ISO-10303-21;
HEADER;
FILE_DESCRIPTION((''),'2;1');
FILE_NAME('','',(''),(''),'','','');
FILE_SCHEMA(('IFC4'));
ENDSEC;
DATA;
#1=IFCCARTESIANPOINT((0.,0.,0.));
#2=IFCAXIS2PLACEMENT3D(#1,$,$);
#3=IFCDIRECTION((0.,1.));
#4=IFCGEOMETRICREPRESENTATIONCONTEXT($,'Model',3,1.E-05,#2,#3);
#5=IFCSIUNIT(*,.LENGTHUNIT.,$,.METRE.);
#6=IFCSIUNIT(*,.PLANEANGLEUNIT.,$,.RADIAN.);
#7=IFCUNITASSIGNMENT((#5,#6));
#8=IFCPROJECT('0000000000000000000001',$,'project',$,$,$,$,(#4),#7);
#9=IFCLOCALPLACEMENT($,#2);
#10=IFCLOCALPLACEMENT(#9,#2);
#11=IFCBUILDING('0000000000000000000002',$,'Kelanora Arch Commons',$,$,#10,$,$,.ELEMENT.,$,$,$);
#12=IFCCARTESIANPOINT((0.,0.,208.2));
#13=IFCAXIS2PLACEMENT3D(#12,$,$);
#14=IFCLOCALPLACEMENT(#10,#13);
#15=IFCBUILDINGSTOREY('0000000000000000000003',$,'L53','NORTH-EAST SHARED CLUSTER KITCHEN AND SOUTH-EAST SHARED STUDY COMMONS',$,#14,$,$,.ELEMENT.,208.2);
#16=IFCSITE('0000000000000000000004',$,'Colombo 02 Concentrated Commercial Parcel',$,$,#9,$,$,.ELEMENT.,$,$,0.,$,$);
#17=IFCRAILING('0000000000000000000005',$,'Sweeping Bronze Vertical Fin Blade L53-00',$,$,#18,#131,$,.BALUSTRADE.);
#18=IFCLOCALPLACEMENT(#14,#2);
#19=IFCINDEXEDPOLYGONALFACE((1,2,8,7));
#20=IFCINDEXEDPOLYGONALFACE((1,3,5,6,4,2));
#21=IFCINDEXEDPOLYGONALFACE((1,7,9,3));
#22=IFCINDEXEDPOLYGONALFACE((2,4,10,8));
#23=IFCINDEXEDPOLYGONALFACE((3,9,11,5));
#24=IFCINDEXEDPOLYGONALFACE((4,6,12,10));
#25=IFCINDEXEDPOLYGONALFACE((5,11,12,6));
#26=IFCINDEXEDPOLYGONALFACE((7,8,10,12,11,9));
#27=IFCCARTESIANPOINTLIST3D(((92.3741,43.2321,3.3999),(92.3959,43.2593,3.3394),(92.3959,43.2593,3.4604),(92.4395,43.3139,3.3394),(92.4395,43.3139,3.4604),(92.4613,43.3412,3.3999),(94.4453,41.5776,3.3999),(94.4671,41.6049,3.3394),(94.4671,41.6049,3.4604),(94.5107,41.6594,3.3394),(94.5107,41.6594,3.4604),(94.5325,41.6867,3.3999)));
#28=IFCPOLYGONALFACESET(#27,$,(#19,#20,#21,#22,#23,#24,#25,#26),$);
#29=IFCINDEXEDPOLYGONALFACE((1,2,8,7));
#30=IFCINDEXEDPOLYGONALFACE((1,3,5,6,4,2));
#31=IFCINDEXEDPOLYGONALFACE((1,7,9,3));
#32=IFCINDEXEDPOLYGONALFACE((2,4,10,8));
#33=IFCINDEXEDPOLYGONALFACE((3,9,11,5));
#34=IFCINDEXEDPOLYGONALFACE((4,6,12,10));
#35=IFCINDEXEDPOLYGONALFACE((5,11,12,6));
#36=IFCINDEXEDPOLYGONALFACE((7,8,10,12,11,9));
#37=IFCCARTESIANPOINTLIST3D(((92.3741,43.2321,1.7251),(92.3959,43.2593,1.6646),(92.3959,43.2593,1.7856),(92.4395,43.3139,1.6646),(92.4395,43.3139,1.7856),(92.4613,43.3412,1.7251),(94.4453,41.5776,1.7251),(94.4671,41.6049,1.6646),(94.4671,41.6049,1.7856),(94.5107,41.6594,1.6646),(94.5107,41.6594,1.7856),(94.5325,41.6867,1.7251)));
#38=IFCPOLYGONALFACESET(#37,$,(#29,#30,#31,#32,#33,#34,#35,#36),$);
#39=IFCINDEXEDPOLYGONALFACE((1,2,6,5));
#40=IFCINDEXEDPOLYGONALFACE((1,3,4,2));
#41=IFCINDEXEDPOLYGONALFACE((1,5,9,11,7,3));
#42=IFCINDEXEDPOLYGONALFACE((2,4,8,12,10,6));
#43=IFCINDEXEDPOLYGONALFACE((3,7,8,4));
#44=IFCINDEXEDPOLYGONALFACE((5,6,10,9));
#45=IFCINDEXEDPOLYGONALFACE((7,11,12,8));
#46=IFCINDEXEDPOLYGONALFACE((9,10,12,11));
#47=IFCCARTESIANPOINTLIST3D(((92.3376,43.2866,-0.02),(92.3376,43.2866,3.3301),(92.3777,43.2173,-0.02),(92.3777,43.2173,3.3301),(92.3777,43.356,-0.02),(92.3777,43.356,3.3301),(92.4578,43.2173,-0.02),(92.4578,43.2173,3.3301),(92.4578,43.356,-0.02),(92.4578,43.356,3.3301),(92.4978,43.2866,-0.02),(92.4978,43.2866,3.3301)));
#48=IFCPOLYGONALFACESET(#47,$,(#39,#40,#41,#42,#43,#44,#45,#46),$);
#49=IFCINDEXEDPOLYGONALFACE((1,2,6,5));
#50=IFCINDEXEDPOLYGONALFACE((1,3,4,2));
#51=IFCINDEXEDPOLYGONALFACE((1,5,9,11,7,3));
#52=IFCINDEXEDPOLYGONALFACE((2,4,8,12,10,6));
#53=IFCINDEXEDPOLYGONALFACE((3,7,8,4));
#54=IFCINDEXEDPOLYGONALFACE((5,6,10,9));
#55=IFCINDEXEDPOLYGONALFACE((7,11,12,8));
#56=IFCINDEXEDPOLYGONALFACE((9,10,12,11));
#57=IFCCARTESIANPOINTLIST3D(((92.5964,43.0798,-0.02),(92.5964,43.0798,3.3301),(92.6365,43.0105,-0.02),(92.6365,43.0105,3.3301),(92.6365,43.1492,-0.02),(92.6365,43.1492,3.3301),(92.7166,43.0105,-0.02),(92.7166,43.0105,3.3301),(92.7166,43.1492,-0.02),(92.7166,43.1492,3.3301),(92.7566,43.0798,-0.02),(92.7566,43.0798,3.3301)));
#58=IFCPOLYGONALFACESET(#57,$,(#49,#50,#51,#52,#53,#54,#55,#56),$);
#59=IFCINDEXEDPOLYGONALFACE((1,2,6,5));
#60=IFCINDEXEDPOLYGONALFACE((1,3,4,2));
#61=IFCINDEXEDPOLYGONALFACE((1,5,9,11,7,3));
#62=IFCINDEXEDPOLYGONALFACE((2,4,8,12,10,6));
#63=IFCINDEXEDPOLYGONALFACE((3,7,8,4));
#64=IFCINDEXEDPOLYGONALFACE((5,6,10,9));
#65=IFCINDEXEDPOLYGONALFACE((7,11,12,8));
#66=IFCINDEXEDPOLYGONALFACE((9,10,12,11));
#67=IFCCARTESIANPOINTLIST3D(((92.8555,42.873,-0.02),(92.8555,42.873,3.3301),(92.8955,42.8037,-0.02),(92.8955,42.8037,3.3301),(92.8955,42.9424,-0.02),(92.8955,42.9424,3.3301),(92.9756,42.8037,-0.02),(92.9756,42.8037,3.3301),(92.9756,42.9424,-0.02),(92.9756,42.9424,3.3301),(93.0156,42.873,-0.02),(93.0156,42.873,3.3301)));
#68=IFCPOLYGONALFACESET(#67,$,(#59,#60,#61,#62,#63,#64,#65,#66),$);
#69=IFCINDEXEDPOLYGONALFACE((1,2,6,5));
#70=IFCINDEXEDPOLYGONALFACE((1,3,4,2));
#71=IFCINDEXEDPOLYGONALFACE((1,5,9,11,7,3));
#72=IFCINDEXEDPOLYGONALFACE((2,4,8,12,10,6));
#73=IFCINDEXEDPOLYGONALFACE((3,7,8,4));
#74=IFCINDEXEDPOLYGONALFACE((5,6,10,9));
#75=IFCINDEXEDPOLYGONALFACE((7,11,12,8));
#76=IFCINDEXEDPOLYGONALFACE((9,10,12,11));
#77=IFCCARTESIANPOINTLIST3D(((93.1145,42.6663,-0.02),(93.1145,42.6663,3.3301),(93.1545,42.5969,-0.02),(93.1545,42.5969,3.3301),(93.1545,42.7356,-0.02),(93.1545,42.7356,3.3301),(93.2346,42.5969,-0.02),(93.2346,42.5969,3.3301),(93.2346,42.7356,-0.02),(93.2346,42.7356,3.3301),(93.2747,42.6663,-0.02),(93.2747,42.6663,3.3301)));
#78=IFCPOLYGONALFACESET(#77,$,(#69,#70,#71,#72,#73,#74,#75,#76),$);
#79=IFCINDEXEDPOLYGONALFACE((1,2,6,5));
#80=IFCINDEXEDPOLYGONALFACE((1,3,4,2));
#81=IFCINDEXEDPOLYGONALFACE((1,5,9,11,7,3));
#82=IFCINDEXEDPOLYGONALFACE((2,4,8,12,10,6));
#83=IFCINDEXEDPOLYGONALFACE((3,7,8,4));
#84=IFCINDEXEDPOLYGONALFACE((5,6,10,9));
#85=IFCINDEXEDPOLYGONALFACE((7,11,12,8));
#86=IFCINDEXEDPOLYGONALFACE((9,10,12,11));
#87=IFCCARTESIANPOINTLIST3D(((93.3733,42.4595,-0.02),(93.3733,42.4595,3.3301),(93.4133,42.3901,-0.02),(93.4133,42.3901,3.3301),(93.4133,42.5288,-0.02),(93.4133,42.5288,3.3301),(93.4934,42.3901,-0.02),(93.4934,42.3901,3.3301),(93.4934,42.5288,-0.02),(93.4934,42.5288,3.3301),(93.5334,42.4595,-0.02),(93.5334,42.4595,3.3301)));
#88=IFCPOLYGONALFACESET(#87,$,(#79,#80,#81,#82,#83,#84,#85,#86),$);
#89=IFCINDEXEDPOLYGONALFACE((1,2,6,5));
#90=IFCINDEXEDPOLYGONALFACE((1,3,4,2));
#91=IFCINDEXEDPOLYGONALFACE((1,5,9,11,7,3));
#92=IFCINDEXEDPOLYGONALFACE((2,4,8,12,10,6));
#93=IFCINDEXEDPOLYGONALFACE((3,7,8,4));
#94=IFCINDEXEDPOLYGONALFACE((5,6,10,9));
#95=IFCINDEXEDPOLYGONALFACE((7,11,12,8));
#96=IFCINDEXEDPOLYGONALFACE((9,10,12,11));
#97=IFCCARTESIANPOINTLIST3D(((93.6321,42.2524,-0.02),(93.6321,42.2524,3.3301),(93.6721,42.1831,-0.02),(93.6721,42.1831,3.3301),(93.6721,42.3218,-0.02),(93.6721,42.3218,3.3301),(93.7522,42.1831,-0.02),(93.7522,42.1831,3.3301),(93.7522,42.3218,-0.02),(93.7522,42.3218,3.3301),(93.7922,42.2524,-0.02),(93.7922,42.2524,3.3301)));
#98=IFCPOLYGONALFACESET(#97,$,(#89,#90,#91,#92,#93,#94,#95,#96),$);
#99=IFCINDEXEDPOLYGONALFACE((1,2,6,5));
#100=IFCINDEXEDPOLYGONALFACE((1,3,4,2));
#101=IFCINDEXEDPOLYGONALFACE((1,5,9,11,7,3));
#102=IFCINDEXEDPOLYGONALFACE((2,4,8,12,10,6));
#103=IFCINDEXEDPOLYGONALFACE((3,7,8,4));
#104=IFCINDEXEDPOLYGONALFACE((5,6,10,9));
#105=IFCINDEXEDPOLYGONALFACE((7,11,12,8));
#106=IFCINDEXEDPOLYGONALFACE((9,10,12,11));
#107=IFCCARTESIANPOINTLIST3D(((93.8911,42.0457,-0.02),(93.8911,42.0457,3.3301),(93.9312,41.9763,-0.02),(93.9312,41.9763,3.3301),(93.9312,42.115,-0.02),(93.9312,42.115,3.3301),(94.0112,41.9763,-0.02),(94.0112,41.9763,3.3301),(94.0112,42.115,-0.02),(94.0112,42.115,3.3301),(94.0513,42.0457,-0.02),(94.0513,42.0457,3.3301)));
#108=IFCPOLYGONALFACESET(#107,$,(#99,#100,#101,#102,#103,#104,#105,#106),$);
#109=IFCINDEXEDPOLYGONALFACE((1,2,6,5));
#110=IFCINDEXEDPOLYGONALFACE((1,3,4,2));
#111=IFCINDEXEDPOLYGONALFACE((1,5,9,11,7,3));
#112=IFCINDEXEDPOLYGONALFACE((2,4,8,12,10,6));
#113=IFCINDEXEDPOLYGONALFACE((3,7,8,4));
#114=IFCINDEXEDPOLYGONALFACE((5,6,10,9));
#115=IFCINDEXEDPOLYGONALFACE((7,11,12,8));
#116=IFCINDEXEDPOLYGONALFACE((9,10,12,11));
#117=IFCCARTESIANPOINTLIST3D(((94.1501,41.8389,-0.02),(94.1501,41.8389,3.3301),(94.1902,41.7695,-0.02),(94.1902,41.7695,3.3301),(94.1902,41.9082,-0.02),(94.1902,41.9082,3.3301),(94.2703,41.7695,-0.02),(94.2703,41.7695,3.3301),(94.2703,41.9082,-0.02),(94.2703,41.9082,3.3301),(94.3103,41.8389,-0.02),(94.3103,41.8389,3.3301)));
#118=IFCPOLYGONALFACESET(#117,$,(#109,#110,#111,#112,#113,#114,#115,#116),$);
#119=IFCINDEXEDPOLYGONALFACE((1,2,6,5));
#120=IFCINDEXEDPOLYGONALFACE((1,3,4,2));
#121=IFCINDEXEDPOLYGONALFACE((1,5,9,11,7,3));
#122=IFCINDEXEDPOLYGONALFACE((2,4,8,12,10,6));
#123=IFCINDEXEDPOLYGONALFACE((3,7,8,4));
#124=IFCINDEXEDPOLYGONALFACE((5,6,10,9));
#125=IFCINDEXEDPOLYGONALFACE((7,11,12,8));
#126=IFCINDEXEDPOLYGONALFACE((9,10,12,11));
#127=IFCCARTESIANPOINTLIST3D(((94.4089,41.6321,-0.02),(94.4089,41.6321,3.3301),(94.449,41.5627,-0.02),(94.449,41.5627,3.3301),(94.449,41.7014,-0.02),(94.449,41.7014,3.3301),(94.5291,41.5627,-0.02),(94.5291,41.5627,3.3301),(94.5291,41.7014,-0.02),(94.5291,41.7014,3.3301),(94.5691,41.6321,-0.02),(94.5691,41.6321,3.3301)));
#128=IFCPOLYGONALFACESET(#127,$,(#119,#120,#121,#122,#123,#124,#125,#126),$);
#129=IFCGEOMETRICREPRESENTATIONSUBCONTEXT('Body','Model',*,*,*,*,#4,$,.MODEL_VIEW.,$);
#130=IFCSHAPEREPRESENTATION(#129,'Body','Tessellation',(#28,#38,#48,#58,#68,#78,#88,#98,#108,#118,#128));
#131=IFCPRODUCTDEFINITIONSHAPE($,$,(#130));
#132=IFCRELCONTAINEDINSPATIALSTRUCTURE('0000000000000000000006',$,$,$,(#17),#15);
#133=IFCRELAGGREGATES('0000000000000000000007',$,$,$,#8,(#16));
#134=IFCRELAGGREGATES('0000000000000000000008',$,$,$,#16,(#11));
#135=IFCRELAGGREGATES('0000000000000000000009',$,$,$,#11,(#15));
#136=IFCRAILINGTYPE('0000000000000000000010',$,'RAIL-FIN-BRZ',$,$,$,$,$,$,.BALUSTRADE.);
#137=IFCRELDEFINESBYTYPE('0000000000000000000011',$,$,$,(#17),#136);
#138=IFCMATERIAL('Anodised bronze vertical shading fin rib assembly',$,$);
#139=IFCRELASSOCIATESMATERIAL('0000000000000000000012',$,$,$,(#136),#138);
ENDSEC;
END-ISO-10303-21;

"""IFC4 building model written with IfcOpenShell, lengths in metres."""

from ifc_helpers import new_model, si_unit, direction, frame, origin, place, context, subcontext, project, spatial, polyline, outline, extrude, material, type_object, element, save


model = new_model("IFC4")

# Units and contexts
model_context = context("Model", 3, precision=1e-05, world=origin(), true_north=direction((0.0, 1.0)))
body_context = subcontext(model_context, "Body", "Model", "MODEL_VIEW")
ifc_project = project(units=[si_unit("LENGTHUNIT", "METRE"), si_unit("PLANEANGLEUNIT", "RADIAN")], contexts=[model_context])

# Site, building, storey
site_placement = place(None, origin())
site = spatial("IfcSite", under=ifc_project, at=site_placement, Name="Colombo 02 Concentrated Commercial Parcel", CompositionType="ELEMENT", RefElevation=0.0)
building_placement = place(site_placement, origin())
building = spatial("IfcBuilding", under=site, at=building_placement, Name="Kelanora Arch Commons", CompositionType="ELEMENT")
storey_placement = place(building_placement, frame((0.0, 0.0, 208.2)))
storey = spatial("IfcBuildingStorey", under=building, at=storey_placement, Name="L53", Description="NORTH-EAST SHARED CLUSTER KITCHEN AND SOUTH-EAST SHARED STUDY COMMONS", CompositionType="ELEMENT", Elevation=208.2)

# Railing
ifc_material_1 = material(Name="Anodised bronze vertical shading fin rib assembly")
railing_type = type_object("IfcRailingType", Name="RAIL-FIN-BRZ", PredefinedType="BALUSTRADE", material=ifc_material_1)
railing_1_placement = place(storey_placement, frame((92.4177, 43.2866, -0.02)))
element("IfcRailing", 1, at=railing_1_placement, inside=storey, type_object=railing_type, Name="Sweeping Bronze Vertical Fin Blade L53-00", PredefinedType="BALUSTRADE", context=body_context, shape_type="SweptSolid", body=[
    extrude(outline(polyline([(0.0698, 0.0), (0.0349, 0.0605), (-0.0349, 0.0605), (-0.0698, 0.0), (-0.0349, -0.0605), (0.0349, -0.0605), (0.0698, 0.0)])), frame((0.0, 0.0, 3.4199), z_axis=(0.781327, -0.624122, 0.0), x_axis=(0.624122, 0.781327, 0.0)), (0.0, 0.0, 1.0), 2.6509),
    extrude(outline(polyline([(0.0698, 0.0), (0.0349, 0.0605), (-0.0349, 0.0605), (-0.0698, 0.0), (-0.0349, -0.0605), (0.0349, -0.0605), (0.0698, 0.0)])), frame((0.0, 0.0, 1.7451), z_axis=(0.781327, -0.624122, 0.0), x_axis=(0.624122, 0.781327, 0.0)), (0.0, 0.0, 1.0), 2.6509),
    extrude(outline(polyline([(0.0801, 0.0), (0.04, 0.0693), (-0.04, 0.0693), (-0.0801, 0.0), (-0.04, -0.0693), (0.04, -0.0693), (0.0801, 0.0)])), origin(), (0.0, 0.0, 1.0), 3.3501),
    extrude(outline(polyline([(0.0801, 0.0), (0.04, 0.0693), (-0.04, 0.0693), (-0.0801, 0.0), (-0.04, -0.0693), (0.04, -0.0693), (0.0801, 0.0)])), frame((0.2588, -0.2068, 0.0)), (0.0, 0.0, 1.0), 3.3501),
    extrude(outline(polyline([(0.0801, 0.0), (0.04, 0.0693), (-0.04, 0.0693), (-0.0801, 0.0), (-0.04, -0.0693), (0.04, -0.0693), (0.0801, 0.0)])), frame((0.5178, -0.4136, 0.0)), (0.0, 0.0, 1.0), 3.3501),
    extrude(outline(polyline([(0.0801, 0.0), (0.04, 0.0693), (-0.04, 0.0693), (-0.0801, 0.0), (-0.04, -0.0693), (0.04, -0.0693), (0.0801, 0.0)])), frame((0.7769, -0.6204, 0.0)), (0.0, 0.0, 1.0), 3.3501),
    extrude(outline(polyline([(0.0801, 0.0), (0.04, 0.0693), (-0.04, 0.0693), (-0.0801, 0.0), (-0.04, -0.0693), (0.04, -0.0693), (0.0801, 0.0)])), frame((1.0356, -0.8271, 0.0)), (0.0, 0.0, 1.0), 3.3501),
    extrude(outline(polyline([(0.0801, 0.0), (0.04, 0.0693), (-0.04, 0.0693), (-0.0801, 0.0), (-0.04, -0.0693), (0.04, -0.0693), (0.0801, 0.0)])), frame((1.2944, -1.0342, 0.0)), (0.0, 0.0, 1.0), 3.3501),
    extrude(outline(polyline([(0.0801, 0.0), (0.04, 0.0693), (-0.04, 0.0693), (-0.0801, 0.0), (-0.04, -0.0693), (0.04, -0.0693), (0.0801, 0.0)])), frame((1.5535, -1.241, 0.0)), (0.0, 0.0, 1.0), 3.3501),
    extrude(outline(polyline([(0.0801, 0.0), (0.04, 0.0693), (-0.04, 0.0693), (-0.0801, 0.0), (-0.04, -0.0693), (0.04, -0.0693), (0.0801, 0.0)])), frame((1.8125, -1.4478, 0.0)), (0.0, 0.0, 1.0), 3.3501),
    extrude(outline(polyline([(0.0801, 0.0), (0.04, 0.0693), (-0.04, 0.0693), (-0.0801, 0.0), (-0.04, -0.0693), (0.04, -0.0693), (0.0801, 0.0)])), frame((2.0713, -1.6545, 0.0)), (0.0, 0.0, 1.0), 3.3501),
])

save(model, "model.ifc")
